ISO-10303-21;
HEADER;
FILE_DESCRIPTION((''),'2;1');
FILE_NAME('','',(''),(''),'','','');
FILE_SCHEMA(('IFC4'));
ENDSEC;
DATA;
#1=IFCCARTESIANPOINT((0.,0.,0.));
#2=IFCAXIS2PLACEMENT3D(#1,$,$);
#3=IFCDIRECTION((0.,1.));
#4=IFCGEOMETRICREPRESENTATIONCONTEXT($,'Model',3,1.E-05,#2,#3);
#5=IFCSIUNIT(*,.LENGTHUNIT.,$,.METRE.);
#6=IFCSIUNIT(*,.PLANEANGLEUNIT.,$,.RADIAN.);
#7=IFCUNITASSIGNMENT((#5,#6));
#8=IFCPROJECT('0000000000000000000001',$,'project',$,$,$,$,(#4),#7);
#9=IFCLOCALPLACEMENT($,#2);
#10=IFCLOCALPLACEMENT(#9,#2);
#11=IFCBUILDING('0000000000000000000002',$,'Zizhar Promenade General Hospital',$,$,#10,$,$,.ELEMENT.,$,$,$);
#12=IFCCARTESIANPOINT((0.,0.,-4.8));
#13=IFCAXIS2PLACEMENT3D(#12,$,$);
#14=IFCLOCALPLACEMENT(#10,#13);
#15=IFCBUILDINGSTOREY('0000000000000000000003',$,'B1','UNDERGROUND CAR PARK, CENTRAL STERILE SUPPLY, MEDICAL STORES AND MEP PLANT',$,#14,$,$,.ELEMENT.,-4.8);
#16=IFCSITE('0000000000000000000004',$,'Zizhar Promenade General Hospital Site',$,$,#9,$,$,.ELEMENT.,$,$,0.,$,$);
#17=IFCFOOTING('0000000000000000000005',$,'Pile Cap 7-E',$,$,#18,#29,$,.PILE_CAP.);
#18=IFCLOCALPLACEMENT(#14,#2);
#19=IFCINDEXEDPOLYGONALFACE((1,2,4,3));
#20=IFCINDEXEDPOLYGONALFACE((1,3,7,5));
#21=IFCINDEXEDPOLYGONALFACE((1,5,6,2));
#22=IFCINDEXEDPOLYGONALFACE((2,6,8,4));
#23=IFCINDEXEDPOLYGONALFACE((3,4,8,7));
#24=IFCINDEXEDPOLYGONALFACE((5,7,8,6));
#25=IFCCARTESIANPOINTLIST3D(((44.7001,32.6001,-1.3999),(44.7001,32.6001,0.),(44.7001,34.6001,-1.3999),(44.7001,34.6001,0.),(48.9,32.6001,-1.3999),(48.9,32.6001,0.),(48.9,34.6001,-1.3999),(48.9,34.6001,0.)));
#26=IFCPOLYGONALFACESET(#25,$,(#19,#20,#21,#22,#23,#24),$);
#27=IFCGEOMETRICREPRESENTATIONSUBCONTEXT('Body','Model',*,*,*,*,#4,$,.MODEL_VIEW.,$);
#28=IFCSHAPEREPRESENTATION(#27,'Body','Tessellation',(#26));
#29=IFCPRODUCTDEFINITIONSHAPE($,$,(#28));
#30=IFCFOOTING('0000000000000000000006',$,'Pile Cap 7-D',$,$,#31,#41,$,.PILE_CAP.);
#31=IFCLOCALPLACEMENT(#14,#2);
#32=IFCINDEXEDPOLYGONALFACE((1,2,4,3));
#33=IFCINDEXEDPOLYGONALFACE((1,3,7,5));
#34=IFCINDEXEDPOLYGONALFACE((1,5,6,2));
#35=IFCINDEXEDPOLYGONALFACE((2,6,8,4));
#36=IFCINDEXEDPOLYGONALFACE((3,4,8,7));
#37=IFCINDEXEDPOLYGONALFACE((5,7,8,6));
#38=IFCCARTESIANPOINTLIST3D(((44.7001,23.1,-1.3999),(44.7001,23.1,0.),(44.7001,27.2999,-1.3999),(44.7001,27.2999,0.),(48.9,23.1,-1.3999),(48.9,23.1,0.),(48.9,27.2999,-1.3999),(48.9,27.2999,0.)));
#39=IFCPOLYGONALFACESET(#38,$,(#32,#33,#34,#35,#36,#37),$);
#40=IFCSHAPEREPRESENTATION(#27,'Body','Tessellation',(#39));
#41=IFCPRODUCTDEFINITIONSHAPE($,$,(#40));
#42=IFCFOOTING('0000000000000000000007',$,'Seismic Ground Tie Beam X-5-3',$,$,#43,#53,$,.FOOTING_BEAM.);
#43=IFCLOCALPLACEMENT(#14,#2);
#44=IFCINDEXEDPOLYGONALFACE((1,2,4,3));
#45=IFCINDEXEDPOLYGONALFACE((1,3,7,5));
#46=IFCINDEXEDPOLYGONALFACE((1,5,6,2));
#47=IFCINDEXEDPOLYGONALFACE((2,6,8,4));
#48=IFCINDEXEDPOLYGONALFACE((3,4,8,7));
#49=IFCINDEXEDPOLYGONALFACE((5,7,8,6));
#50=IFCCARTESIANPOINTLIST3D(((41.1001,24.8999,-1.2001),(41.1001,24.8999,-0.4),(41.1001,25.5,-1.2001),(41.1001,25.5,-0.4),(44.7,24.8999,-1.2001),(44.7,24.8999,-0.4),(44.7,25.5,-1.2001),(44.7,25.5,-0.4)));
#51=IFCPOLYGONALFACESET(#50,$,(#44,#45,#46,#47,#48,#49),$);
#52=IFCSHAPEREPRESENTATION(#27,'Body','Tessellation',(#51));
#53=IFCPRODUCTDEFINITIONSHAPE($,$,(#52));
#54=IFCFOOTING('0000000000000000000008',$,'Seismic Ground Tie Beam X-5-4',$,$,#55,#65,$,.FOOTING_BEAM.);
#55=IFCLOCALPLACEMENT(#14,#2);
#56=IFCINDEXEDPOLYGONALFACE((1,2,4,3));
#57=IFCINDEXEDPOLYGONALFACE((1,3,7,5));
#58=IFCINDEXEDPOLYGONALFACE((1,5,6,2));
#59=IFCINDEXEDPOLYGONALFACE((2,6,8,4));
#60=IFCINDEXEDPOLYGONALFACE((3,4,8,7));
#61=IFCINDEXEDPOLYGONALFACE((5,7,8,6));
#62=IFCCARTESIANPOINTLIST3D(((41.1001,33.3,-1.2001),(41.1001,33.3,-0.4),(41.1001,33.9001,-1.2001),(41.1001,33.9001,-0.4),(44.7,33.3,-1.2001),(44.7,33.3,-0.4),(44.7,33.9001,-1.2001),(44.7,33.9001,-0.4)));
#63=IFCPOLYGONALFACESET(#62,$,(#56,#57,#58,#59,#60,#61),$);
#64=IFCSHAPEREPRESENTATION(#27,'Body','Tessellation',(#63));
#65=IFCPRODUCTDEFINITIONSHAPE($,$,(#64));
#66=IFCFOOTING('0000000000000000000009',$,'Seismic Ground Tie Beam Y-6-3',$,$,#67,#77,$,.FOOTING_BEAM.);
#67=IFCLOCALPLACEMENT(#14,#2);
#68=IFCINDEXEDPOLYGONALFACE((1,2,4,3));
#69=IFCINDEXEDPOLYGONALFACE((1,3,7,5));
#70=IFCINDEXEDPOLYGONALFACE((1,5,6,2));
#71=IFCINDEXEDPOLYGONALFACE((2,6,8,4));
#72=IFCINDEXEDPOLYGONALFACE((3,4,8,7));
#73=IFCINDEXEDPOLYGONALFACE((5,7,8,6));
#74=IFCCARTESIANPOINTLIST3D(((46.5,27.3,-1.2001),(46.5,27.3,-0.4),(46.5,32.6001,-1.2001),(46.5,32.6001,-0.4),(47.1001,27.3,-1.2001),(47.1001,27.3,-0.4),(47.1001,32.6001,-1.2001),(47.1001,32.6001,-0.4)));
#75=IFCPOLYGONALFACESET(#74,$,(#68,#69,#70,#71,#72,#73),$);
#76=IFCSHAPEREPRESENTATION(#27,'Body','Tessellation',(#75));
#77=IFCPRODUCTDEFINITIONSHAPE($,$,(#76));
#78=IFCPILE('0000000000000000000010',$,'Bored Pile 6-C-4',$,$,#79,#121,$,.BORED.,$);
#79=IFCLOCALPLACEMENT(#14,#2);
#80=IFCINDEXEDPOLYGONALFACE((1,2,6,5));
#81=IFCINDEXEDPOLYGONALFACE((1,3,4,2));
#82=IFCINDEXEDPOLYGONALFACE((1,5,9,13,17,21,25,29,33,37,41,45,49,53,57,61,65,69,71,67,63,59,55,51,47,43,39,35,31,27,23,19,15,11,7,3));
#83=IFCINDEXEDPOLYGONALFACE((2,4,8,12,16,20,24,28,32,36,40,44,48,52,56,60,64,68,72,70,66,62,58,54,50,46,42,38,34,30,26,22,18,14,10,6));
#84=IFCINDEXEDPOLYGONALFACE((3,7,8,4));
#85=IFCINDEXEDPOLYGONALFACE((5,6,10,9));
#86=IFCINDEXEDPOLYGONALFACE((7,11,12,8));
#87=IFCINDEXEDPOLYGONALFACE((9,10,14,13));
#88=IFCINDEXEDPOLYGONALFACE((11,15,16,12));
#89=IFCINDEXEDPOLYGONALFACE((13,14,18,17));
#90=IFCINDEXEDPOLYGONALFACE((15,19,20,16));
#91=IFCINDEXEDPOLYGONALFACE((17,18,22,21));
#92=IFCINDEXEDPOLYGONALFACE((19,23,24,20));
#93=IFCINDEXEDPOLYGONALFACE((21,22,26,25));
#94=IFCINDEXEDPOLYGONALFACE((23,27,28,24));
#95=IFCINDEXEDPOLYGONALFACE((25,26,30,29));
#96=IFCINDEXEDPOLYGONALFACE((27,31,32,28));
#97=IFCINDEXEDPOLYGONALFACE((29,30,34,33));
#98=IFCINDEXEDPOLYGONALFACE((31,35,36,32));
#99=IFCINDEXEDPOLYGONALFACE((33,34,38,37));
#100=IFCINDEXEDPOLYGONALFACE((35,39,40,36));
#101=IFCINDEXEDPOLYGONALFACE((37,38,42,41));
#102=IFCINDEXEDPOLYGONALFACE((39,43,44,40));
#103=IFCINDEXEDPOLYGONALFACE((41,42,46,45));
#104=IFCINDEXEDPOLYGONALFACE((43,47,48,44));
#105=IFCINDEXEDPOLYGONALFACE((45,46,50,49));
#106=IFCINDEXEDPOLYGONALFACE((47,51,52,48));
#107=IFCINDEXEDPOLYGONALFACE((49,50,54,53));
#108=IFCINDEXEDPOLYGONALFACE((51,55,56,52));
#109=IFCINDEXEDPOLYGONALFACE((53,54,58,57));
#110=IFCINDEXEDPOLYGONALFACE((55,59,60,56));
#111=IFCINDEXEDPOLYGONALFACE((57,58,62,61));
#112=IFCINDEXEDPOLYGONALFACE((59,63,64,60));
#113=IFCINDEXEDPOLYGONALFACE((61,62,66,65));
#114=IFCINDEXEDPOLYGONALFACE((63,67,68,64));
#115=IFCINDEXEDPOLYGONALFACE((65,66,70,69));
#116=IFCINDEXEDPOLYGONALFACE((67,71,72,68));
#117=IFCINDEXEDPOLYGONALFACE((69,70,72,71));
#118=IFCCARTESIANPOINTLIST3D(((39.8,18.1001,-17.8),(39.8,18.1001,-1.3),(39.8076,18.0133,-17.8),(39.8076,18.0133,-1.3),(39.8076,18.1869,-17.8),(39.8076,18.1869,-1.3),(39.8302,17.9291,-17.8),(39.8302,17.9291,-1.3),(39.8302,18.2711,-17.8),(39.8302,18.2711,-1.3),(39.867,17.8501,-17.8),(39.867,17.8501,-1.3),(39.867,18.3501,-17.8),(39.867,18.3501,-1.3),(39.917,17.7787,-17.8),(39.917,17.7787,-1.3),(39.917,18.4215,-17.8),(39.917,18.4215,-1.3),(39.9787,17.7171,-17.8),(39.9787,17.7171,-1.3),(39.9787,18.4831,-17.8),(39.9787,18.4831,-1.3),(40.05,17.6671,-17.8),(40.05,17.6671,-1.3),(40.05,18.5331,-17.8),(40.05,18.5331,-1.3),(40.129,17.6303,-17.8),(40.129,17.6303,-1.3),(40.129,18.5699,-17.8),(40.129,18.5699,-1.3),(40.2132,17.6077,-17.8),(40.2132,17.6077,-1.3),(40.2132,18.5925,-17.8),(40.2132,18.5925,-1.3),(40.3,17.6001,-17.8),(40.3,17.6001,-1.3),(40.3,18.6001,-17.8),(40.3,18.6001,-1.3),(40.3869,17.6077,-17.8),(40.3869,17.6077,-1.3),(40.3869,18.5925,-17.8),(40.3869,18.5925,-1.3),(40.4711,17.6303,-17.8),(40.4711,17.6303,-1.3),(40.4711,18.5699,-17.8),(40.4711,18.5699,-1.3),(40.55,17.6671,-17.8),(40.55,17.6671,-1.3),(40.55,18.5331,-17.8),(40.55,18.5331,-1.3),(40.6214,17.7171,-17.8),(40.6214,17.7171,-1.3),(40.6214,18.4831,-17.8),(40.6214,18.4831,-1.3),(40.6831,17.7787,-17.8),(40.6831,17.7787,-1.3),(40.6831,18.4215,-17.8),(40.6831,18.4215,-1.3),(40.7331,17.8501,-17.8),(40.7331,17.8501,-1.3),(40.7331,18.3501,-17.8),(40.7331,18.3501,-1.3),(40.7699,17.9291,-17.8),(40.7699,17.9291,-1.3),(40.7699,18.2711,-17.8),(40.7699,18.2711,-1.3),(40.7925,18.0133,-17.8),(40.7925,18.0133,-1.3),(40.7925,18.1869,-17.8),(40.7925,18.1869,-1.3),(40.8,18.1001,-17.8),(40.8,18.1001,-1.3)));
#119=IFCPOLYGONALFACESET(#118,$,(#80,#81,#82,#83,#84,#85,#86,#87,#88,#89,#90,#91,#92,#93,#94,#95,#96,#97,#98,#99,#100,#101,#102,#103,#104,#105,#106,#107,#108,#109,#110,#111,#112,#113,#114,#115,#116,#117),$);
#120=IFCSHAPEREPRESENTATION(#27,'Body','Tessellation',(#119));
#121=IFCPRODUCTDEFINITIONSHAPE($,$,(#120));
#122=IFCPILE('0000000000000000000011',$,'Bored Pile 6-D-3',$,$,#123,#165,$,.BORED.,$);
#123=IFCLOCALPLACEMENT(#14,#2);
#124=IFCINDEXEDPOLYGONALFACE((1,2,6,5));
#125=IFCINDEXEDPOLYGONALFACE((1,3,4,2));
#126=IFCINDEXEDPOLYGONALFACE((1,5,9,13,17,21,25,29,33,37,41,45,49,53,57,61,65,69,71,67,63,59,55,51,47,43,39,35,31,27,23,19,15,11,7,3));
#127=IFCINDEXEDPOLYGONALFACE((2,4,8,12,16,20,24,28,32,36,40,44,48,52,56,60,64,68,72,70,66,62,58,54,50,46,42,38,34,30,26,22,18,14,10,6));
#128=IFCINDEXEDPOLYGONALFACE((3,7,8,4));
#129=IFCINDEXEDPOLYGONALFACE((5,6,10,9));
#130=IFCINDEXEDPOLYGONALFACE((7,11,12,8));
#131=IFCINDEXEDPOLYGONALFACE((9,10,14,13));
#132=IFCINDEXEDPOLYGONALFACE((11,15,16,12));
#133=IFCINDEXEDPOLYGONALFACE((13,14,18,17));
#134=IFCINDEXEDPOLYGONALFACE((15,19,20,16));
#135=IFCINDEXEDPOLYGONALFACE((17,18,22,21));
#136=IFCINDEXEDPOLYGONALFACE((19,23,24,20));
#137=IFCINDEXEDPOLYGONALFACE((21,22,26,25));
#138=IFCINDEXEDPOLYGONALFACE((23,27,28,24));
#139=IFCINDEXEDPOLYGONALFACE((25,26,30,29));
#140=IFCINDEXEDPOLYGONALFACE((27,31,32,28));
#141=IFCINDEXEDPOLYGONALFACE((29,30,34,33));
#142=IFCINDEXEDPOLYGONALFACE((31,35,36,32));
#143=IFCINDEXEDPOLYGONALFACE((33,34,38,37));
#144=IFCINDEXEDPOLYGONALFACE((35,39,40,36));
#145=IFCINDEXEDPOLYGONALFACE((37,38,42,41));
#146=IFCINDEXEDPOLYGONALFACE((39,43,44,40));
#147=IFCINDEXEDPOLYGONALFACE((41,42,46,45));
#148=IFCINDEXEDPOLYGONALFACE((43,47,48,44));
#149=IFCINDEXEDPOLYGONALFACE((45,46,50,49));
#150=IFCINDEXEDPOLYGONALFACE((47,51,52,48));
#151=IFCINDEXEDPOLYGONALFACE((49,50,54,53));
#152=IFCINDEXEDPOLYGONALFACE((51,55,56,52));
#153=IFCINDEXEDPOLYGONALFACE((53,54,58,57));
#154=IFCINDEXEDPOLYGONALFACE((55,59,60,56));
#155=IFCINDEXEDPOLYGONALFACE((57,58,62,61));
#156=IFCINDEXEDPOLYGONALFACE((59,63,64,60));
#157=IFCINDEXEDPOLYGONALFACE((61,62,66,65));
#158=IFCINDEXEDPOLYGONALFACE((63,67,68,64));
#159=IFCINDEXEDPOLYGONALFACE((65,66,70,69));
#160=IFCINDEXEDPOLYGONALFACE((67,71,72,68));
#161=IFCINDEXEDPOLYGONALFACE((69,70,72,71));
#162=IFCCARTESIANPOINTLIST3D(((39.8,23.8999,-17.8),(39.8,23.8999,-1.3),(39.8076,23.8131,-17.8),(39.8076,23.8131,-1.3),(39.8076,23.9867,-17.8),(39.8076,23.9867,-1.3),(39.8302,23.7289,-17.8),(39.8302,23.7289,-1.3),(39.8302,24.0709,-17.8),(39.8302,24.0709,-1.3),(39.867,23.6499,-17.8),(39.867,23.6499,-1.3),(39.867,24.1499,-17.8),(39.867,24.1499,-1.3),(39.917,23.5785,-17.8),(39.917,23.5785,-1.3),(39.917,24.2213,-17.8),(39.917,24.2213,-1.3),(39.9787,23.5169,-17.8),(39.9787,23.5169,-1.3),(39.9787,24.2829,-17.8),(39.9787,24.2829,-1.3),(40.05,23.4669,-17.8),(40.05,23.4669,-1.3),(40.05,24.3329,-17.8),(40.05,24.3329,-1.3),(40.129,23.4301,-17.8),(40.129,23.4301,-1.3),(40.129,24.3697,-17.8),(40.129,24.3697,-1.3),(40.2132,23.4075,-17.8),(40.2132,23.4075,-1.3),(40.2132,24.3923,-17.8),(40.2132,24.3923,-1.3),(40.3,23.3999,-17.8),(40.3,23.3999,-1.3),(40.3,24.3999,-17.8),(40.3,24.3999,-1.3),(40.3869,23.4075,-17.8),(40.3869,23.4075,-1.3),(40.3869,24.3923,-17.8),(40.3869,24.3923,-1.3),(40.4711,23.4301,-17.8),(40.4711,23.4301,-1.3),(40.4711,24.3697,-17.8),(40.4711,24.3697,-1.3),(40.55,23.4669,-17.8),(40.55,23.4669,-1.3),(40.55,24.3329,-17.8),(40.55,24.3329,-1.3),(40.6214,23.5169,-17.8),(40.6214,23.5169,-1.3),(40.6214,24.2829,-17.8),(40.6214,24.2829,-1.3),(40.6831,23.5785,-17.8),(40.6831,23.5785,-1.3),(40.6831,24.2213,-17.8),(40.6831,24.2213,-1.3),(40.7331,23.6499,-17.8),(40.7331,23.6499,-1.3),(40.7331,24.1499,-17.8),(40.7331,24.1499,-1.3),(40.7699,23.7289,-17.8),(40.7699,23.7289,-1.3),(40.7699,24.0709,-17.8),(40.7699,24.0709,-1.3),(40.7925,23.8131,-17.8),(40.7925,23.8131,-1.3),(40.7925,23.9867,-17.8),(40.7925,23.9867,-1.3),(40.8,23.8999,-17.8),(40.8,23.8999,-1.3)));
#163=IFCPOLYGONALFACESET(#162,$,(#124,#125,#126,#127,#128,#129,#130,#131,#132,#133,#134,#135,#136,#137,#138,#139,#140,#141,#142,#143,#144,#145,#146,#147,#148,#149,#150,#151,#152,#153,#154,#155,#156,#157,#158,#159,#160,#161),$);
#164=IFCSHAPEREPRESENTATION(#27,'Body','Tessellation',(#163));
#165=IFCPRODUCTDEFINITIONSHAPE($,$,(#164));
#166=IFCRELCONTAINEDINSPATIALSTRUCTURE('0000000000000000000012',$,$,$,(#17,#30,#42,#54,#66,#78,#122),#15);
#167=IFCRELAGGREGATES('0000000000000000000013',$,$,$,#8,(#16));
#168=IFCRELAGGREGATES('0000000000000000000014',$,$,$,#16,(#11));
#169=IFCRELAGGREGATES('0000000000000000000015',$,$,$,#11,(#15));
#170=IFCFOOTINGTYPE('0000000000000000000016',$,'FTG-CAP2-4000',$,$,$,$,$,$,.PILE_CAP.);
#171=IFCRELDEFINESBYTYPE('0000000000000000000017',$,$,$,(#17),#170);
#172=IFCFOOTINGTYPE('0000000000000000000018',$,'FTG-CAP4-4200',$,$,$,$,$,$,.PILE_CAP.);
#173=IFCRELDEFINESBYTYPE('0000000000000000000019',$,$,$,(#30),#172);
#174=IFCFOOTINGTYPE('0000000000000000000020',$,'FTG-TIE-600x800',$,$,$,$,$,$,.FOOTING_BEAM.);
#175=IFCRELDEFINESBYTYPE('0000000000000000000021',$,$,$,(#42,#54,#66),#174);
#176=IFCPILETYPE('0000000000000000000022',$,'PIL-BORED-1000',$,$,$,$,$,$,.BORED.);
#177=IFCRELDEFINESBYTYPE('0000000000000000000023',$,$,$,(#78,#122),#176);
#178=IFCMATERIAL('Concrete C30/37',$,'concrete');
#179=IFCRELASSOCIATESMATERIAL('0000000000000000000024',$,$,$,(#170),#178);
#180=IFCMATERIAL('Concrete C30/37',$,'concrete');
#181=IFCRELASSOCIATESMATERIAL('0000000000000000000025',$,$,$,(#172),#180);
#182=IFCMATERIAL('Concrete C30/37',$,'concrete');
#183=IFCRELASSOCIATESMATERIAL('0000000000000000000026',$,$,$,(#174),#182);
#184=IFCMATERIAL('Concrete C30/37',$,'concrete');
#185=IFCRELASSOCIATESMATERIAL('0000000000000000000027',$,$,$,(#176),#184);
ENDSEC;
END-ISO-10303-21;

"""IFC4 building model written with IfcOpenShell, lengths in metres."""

from ifc_helpers import new_model, si_unit, direction, frame, origin, origin_2d, place, context, subcontext, project, spatial, rectangle, circle, extrude, material, material_profile, profile_set, type_object, element, save


model = new_model("IFC4")

# Units and contexts
model_context = context("Model", 3, precision=1e-05, world=origin(), true_north=direction((0.0, 1.0)))
body_context = subcontext(model_context, "Body", "Model", "MODEL_VIEW")
ifc_project = project(units=[si_unit("LENGTHUNIT", "METRE"), si_unit("PLANEANGLEUNIT", "RADIAN")], contexts=[model_context])

# Site, building, storey
site_placement = place(None, origin())
site = spatial("IfcSite", under=ifc_project, at=site_placement, Name="Zizhar Promenade General Hospital Site", CompositionType="ELEMENT", RefElevation=0.0)
building_placement = place(site_placement, origin())
building = spatial("IfcBuilding", under=site, at=building_placement, Name="Zizhar Promenade General Hospital", CompositionType="ELEMENT")
storey_placement = place(building_placement, frame((0.0, 0.0, -4.8)))
storey = spatial("IfcBuildingStorey", under=building, at=storey_placement, Name="B1", Description="UNDERGROUND CAR PARK, CENTRAL STERILE SUPPLY, MEDICAL STORES AND MEP PLANT", CompositionType="ELEMENT", Elevation=-4.8)

# Footings
ifc_material_1 = material(Name="Concrete C30/37", Category="concrete")
footing_type_1 = type_object("IfcFootingType", Name="FTG-CAP2-4000", PredefinedType="PILE_CAP", material=ifc_material_1)
footing_1_placement = place(storey_placement, frame((46.8, 33.6001, -1.3999), z_axis=(0.0, 0.0, 1.0), x_axis=(1.0, 0.0, 0.0)))
element("IfcFooting", 1, at=footing_1_placement, inside=storey, type_object=footing_type_1, Name="Pile Cap 7-E", PredefinedType="PILE_CAP", context=body_context, shape_type="SweptSolid", body=[
    extrude(rectangle(XDim=4.2, YDim=2.0, at=origin_2d()), origin(), (0.0, 0.0, 1.0), 1.3999),
])
ifc_material_2 = material(Name="Concrete C30/37", Category="concrete")
footing_type_2 = type_object("IfcFootingType", Name="FTG-CAP4-4200", PredefinedType="PILE_CAP", material=ifc_material_2)
footing_2_placement = place(storey_placement, frame((46.8, 25.2, -1.3999), z_axis=(0.0, 0.0, 1.0), x_axis=(1.0, 0.0, 0.0)))
element("IfcFooting", 2, at=footing_2_placement, inside=storey, type_object=footing_type_2, Name="Pile Cap 7-D", PredefinedType="PILE_CAP", context=body_context, shape_type="SweptSolid", body=[
    extrude(rectangle(XDim=4.2, YDim=4.2, at=origin_2d()), origin(), (0.0, 0.0, 1.0), 1.3999),
])
ifc_material_3 = material(Name="Concrete C30/37", Category="concrete")
ifc_material_profile_1 = material_profile(ifc_material_3, rectangle(XDim=0.6001, YDim=0.8, at=origin_2d()))
ifc_profile_set_1 = profile_set([ifc_material_profile_1], Name="Concrete C30/37")
footing_type_3 = type_object("IfcFootingType", Name="FTG-TIE-600x800", PredefinedType="FOOTING_BEAM", material=ifc_profile_set_1)
for number, where, z_axis, x_axis, name in (
    (3, (41.1001, 25.2, -0.8), (1.0, 0.0, 0.0), (0.0, 1.0, 0.0), "Seismic Ground Tie Beam X-5-3"),
    (4, (41.1001, 33.6001, -0.8), (1.0, 0.0, 0.0), (0.0, 1.0, 0.0), "Seismic Ground Tie Beam X-5-4"),
):
    element("IfcFooting", number, at=place(storey_placement, frame(where, z_axis=z_axis, x_axis=x_axis)), inside=storey, type_object=footing_type_3, Name=name, PredefinedType="FOOTING_BEAM", context=body_context, shape_type="SweptSolid", body=[
        extrude(rectangle(XDim=0.6001, YDim=0.8, at=origin_2d()), origin(), (0.0, 0.0, 1.0), 3.5999),
    ])
footing_3_placement = place(storey_placement, frame((46.8, 27.3, -0.8), z_axis=(0.0, 1.0, 0.0), x_axis=(-1.0, 0.0, 0.0)))
element("IfcFooting", 5, at=footing_3_placement, inside=storey, type_object=footing_type_3, Name="Seismic Ground Tie Beam Y-6-3", PredefinedType="FOOTING_BEAM", context=body_context, shape_type="SweptSolid", body=[
    extrude(rectangle(XDim=0.6001, YDim=0.8, at=origin_2d()), origin(), (0.0, 0.0, 1.0), 5.3),
])

# Piles
ifc_material_4 = material(Name="Concrete C30/37", Category="concrete")
ifc_material_profile_2 = material_profile(ifc_material_4, circle(Radius=0.5, at=origin_2d()))
ifc_profile_set_2 = profile_set([ifc_material_profile_2], Name="Concrete C30/37")
pile_type = type_object("IfcPileType", Name="PIL-BORED-1000", PredefinedType="BORED", material=ifc_profile_set_2)
for number, where, z_axis, x_axis, name in (
    (6, (40.3, 18.1001, -1.3), (0.0, 0.0, -1.0), (1.0, 0.0, 0.0), "Bored Pile 6-C-4"),
    (7, (40.3, 23.8999, -1.3), (0.0, 0.0, -1.0), (1.0, 0.0, 0.0), "Bored Pile 6-D-3"),
):
    element("IfcPile", number, at=place(storey_placement, frame(where, z_axis=z_axis, x_axis=x_axis)), inside=storey, type_object=pile_type, Name=name, PredefinedType="BORED", context=body_context, shape_type="SweptSolid", body=[
        extrude(circle(Radius=0.5, at=origin_2d()), origin(), (0.0, 0.0, 1.0), 16.5),
    ])

save(model, "model.ifc")
